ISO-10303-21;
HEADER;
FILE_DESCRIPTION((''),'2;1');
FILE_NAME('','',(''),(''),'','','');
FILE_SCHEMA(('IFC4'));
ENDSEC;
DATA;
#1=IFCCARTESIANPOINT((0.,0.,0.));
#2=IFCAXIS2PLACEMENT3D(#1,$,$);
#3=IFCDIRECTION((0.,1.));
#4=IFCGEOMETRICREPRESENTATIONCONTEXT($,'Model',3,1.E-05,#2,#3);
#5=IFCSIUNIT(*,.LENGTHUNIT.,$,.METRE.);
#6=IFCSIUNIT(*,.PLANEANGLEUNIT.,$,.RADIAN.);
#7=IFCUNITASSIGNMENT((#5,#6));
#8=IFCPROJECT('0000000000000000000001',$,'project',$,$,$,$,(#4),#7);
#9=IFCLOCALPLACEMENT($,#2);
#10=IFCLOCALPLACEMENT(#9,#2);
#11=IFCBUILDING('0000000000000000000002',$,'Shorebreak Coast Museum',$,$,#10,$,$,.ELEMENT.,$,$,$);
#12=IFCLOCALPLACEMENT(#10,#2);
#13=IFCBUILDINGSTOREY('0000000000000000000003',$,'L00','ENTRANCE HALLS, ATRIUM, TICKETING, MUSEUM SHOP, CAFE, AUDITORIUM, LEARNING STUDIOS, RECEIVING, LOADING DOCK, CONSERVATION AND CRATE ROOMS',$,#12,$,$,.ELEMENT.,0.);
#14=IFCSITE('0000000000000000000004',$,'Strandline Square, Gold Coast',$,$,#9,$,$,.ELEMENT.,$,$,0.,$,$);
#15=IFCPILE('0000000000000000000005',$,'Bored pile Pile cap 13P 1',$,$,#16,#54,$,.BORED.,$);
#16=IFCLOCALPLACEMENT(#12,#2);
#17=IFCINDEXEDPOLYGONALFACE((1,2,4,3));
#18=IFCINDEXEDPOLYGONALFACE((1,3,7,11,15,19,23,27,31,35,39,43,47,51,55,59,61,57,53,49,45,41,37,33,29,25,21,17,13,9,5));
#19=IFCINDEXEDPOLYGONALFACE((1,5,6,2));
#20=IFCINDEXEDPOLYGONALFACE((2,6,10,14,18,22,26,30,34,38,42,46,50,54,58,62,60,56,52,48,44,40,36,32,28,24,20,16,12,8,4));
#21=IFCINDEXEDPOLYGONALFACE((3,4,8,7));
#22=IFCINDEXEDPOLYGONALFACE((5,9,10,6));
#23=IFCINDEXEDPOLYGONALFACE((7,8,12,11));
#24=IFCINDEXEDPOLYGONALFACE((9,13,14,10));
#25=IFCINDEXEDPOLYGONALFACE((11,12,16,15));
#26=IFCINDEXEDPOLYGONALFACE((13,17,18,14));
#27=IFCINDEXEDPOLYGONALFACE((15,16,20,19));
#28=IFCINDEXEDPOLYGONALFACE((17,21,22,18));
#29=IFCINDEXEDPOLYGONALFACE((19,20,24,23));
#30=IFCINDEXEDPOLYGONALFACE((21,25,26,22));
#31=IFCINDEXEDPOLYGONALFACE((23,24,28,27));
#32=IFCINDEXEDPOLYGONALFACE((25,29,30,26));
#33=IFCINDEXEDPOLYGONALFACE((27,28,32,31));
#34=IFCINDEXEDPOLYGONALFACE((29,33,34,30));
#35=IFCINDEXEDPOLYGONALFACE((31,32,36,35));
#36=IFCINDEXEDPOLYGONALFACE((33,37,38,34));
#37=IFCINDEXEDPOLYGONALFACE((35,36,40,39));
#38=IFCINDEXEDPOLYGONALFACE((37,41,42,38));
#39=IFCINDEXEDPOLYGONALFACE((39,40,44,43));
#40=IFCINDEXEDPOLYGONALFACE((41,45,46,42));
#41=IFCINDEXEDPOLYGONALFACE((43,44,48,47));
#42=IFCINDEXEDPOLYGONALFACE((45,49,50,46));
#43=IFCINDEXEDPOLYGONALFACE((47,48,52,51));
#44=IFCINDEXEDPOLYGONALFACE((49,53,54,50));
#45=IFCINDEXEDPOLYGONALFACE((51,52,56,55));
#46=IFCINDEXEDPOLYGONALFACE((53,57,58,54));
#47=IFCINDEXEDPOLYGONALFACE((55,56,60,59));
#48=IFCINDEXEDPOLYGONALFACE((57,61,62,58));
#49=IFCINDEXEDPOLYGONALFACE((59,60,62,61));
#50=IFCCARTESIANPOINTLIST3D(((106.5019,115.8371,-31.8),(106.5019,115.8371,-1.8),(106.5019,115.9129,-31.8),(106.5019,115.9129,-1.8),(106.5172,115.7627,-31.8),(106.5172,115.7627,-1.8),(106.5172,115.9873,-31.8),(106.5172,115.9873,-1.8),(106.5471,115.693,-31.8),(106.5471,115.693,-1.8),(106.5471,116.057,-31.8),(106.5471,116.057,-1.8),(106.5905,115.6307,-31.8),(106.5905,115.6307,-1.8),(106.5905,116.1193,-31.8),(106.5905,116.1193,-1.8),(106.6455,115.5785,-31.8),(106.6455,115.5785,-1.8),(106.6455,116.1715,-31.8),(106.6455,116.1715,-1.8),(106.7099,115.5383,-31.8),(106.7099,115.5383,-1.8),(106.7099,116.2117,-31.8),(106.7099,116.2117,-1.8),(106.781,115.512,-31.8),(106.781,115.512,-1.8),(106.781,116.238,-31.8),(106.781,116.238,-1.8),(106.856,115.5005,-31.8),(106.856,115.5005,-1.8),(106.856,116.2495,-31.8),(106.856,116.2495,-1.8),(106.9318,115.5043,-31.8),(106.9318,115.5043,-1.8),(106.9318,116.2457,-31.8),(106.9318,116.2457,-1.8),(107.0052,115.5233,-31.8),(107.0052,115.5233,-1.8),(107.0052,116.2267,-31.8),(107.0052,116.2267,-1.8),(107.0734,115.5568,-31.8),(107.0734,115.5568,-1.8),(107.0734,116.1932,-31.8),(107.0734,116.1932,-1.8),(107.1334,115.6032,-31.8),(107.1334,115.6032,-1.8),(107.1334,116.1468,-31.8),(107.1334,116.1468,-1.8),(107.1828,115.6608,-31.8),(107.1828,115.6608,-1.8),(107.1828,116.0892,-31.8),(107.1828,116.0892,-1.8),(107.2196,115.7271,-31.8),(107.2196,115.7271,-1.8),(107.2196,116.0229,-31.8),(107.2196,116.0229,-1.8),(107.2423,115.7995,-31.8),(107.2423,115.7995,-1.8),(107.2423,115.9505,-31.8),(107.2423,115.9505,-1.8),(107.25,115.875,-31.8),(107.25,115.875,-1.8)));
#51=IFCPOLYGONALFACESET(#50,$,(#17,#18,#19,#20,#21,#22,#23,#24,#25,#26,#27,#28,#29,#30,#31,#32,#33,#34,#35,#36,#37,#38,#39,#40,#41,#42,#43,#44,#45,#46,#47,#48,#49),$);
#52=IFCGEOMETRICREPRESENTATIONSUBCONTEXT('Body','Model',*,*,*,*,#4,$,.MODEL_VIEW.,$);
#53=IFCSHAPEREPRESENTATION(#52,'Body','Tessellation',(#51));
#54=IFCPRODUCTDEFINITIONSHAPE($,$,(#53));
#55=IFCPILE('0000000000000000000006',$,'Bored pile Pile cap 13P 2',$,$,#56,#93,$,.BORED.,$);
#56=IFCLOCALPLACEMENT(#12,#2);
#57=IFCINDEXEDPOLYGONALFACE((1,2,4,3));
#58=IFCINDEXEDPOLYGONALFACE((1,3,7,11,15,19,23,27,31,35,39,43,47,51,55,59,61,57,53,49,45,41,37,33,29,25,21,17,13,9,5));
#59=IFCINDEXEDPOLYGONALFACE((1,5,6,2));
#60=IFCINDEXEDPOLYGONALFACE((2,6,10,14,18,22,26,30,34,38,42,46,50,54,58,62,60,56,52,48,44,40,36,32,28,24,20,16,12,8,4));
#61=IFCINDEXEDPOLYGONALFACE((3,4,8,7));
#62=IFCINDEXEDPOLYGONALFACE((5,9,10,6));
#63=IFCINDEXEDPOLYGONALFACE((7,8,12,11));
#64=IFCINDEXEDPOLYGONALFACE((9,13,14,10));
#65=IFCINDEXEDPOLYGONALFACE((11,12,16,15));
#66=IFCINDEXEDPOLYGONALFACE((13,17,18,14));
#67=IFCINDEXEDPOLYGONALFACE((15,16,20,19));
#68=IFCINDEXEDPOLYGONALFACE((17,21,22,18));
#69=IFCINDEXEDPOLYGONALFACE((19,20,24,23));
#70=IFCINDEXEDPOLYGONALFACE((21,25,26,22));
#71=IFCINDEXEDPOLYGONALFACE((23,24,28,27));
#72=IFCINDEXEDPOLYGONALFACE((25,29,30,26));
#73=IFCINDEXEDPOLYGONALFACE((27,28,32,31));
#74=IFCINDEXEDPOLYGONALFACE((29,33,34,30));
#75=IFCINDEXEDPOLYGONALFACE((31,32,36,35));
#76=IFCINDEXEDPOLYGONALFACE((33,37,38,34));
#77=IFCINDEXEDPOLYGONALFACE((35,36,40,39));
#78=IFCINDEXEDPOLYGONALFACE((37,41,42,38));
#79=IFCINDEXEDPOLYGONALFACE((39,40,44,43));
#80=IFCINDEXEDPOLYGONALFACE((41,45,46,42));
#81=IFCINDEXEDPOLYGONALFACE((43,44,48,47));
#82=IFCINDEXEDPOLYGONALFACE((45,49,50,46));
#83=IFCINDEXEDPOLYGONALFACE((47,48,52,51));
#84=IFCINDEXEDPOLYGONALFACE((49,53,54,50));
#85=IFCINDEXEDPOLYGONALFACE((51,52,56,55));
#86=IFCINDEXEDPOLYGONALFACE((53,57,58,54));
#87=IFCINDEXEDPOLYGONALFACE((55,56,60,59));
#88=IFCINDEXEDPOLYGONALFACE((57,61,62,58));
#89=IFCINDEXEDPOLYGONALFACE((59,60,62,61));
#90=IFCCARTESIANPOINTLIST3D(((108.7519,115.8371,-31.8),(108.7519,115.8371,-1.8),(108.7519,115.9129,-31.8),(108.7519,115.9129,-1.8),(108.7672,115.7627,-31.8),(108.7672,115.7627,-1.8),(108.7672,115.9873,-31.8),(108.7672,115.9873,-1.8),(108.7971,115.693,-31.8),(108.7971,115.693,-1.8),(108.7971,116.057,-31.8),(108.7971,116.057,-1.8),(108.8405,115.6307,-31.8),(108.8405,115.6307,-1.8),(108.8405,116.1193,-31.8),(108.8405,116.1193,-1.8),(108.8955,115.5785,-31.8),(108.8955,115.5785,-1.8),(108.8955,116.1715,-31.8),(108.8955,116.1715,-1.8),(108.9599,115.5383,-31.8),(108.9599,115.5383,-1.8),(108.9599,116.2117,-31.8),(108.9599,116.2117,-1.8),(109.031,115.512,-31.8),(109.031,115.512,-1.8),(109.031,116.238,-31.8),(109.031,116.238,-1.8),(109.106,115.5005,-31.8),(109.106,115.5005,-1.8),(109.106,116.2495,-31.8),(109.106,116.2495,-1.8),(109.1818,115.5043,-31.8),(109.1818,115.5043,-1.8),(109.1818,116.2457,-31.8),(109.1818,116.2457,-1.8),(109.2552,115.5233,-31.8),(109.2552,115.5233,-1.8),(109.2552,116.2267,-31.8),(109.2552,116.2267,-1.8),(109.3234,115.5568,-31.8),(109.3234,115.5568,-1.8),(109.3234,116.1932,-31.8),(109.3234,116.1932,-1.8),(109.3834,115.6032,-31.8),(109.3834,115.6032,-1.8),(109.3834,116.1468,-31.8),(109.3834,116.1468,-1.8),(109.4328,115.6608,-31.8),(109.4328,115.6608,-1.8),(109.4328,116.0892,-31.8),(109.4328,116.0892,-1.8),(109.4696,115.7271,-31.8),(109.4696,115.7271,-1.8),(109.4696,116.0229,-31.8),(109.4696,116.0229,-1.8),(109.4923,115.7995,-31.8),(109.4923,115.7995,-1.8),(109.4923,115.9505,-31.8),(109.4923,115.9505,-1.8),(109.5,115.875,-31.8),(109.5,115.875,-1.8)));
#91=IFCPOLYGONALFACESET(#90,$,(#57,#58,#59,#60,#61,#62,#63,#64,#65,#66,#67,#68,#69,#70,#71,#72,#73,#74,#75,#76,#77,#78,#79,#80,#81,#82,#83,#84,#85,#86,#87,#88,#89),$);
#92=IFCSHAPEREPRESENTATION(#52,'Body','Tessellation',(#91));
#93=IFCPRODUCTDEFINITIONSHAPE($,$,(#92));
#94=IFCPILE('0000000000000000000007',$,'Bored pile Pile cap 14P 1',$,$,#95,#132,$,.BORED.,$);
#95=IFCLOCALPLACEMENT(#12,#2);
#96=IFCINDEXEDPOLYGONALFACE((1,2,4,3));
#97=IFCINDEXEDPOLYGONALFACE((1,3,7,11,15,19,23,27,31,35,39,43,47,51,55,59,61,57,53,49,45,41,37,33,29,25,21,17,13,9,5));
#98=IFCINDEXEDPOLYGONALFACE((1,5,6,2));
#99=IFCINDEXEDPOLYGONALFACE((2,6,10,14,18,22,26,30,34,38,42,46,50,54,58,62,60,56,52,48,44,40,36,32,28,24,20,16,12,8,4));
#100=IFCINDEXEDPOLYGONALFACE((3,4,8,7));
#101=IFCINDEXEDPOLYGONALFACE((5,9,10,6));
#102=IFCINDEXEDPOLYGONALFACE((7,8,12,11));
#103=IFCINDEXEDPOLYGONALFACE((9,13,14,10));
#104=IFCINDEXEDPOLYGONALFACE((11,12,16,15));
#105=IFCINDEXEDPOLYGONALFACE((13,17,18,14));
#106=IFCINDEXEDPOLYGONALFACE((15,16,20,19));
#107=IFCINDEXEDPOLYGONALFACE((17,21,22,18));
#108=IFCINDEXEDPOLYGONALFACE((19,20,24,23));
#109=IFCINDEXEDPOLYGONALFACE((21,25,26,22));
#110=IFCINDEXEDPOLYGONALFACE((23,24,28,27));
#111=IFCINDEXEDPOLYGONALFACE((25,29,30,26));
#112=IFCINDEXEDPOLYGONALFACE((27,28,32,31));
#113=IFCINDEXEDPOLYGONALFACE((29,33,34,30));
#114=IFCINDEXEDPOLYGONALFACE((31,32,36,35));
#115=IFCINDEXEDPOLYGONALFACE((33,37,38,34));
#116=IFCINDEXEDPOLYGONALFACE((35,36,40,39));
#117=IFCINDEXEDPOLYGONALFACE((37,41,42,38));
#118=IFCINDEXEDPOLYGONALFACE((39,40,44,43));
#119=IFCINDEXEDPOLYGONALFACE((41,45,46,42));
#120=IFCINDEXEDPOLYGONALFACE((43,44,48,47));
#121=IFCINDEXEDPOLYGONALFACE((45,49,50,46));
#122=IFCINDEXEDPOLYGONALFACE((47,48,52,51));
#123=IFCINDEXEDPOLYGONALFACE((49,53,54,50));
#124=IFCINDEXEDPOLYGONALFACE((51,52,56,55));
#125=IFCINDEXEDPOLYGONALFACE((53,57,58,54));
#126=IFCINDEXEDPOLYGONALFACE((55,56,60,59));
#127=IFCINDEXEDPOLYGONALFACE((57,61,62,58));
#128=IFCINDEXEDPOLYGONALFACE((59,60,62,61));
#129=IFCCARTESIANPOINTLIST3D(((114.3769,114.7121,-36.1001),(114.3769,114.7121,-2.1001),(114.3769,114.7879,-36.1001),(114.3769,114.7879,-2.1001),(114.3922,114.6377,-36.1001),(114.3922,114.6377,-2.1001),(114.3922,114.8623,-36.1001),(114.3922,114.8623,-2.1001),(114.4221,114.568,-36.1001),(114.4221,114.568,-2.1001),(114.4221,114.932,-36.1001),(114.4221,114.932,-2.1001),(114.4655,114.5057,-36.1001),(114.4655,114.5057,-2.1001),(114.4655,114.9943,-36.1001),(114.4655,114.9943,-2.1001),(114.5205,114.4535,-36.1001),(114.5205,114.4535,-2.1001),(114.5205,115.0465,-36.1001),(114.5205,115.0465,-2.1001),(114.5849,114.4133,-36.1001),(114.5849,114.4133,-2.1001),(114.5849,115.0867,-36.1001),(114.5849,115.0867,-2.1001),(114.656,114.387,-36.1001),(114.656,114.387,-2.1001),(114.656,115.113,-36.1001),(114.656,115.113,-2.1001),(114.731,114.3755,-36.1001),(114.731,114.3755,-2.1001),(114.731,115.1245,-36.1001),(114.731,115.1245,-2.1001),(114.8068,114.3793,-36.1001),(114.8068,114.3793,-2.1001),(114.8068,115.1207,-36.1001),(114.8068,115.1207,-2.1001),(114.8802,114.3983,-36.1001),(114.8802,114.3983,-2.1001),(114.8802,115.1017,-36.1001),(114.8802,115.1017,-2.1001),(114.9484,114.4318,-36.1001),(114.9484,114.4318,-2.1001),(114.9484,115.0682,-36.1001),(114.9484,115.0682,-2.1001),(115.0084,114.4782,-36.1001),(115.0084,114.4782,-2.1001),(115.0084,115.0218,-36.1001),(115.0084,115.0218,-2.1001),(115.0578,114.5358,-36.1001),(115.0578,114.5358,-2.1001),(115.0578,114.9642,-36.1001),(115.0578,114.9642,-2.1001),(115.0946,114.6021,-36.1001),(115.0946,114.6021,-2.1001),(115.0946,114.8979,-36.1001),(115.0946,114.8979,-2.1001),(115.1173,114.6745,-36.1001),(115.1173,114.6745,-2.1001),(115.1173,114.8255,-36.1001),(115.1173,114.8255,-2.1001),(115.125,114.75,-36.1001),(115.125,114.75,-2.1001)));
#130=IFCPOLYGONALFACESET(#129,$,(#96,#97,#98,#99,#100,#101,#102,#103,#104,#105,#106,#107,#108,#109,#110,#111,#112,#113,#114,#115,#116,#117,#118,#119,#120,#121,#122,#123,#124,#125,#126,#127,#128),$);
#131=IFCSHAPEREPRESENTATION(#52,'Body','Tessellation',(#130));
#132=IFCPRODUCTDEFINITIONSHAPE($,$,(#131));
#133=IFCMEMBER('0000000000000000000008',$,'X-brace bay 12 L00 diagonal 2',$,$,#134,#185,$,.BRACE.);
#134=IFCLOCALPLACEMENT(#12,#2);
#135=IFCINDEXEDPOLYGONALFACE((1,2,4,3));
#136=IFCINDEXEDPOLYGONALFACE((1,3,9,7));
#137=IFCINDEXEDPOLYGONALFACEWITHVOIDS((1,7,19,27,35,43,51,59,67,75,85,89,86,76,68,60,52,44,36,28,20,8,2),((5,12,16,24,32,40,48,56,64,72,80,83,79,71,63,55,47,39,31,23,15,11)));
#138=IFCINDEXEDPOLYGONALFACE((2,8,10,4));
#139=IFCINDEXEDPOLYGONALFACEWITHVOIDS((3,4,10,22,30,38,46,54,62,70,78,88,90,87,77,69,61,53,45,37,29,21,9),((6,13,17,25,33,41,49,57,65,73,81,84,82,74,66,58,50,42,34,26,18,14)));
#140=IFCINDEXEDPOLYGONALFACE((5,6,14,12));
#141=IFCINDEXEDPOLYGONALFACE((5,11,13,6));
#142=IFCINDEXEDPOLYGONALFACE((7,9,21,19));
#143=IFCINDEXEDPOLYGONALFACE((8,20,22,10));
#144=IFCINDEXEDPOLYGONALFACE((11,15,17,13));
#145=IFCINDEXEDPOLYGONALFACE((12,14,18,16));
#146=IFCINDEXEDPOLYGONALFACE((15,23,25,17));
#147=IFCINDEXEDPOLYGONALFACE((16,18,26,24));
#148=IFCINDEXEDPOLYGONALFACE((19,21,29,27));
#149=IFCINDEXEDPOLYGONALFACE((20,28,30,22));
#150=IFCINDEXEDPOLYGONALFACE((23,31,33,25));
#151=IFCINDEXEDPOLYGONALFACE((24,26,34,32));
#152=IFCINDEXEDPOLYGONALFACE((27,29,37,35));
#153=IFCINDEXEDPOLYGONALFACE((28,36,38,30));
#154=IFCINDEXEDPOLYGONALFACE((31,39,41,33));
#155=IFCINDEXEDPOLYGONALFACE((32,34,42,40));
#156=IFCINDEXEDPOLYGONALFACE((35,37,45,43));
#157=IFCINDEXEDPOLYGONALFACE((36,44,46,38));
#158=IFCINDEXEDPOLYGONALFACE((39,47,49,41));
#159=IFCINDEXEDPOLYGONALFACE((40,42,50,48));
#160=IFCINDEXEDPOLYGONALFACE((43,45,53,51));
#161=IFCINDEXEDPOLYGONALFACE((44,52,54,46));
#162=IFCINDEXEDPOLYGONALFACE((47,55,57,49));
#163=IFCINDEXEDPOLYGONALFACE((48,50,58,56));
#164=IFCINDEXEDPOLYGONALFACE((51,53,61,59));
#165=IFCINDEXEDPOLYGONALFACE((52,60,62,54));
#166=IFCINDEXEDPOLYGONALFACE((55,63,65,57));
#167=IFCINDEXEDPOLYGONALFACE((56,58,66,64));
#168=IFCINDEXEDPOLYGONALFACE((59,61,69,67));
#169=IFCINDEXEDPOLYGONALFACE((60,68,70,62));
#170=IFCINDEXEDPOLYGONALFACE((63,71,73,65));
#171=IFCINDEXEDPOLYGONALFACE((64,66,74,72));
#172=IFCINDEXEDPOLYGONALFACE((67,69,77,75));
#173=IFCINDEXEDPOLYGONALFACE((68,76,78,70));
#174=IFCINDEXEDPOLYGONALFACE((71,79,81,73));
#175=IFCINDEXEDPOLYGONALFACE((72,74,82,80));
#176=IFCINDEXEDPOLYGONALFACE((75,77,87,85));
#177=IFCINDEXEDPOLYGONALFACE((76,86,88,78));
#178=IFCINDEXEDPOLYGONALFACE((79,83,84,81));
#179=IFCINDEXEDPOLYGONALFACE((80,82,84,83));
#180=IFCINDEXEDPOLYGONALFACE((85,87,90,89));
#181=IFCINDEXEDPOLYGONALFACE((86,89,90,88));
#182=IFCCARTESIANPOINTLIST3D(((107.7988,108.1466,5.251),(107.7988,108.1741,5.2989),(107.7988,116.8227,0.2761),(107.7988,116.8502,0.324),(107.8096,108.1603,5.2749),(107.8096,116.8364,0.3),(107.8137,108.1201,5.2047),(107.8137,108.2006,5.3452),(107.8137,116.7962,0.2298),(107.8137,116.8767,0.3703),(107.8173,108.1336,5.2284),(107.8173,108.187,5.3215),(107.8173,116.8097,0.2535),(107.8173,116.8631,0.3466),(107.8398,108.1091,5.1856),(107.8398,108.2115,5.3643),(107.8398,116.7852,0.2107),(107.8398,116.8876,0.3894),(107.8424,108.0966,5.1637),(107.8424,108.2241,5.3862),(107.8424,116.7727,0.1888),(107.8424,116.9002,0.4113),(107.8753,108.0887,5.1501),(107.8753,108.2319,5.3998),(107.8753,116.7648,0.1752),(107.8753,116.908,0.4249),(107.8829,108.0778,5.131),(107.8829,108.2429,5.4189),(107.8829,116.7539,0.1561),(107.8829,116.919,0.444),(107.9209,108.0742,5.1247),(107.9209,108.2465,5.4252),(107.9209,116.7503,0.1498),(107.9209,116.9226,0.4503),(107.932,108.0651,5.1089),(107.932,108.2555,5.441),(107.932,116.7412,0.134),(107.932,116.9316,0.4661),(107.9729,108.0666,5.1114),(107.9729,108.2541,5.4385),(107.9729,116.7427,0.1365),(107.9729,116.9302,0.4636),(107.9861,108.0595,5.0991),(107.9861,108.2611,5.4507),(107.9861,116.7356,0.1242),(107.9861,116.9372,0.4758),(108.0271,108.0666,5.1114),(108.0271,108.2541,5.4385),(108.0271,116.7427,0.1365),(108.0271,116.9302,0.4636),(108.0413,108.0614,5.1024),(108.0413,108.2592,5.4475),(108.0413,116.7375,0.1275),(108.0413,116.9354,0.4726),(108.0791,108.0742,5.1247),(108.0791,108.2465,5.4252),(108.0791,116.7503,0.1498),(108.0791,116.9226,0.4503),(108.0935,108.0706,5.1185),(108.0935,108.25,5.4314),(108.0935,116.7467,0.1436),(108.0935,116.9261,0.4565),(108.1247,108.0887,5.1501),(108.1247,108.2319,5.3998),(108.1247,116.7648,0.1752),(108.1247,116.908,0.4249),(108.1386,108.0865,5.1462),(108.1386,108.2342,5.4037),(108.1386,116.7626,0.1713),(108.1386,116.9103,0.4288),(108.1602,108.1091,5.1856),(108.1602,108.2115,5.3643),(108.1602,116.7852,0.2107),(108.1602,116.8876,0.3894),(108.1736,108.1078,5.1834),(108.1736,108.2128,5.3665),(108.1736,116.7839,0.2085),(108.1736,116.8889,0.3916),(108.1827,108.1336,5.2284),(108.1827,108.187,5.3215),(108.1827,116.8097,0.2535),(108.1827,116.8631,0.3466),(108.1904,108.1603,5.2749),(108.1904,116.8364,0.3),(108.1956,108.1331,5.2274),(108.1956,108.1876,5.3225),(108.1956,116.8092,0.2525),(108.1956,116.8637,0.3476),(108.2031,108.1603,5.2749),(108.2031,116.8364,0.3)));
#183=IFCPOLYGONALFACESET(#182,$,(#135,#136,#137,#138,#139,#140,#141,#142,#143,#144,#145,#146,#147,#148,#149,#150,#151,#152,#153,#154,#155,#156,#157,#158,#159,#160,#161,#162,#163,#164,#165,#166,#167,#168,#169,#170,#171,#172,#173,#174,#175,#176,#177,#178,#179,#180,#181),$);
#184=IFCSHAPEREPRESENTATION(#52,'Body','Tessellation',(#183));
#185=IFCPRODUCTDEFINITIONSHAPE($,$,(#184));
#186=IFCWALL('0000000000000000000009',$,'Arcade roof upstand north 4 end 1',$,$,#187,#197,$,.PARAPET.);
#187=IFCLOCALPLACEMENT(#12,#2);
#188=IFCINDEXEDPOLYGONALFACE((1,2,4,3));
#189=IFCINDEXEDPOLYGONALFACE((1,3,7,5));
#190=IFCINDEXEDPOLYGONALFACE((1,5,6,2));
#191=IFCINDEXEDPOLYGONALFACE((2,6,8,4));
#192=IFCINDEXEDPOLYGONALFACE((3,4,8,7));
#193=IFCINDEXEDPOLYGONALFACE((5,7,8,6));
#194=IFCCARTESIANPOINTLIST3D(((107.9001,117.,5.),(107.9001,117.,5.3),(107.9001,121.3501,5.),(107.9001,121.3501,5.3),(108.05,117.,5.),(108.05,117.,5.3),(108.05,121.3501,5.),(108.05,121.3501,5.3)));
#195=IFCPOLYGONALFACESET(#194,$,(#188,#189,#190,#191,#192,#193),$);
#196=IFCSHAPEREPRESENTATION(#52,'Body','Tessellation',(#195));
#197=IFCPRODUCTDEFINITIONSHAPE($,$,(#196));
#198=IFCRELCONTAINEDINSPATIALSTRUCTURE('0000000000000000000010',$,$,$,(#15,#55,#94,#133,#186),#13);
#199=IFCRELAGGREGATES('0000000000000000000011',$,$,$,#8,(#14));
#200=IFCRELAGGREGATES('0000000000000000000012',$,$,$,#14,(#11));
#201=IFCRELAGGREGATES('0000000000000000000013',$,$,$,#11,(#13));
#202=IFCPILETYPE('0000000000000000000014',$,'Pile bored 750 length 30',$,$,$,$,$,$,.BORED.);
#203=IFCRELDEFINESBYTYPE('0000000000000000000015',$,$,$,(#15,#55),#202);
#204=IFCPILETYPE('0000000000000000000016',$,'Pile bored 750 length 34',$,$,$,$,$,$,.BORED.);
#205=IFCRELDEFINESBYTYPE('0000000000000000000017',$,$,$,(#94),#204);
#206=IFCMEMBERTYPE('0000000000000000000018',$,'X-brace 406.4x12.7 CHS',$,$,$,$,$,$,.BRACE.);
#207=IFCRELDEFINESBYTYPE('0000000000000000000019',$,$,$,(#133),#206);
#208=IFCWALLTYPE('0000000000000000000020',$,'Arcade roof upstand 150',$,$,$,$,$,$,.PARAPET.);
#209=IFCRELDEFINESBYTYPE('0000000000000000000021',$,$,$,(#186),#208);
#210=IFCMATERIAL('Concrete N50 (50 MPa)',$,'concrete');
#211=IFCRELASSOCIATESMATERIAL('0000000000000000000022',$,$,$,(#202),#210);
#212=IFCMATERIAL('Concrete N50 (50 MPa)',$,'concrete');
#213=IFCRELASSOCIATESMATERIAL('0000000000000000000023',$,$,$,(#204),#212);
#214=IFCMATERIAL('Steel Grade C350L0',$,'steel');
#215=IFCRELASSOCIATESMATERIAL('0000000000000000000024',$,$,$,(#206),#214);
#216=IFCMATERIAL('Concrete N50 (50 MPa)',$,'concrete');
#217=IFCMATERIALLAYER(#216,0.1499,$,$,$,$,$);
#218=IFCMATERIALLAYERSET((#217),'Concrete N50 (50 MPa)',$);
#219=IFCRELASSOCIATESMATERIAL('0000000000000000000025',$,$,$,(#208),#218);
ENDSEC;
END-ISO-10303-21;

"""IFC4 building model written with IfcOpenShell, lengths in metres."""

from ifc_helpers import new_model, si_unit, direction, frame, frame_2d, origin, origin_2d, place, context, subcontext, project, spatial, rectangle, circle, hollow_circle, extrude, material, layer, layer_set, material_profile, profile_set, type_object, element, save


model = new_model("IFC4")

# Units and contexts
model_context = context("Model", 3, precision=1e-05, world=origin(), true_north=direction((0.0, 1.0)))
body_context = subcontext(model_context, "Body", "Model", "MODEL_VIEW")
ifc_project = project(units=[si_unit("LENGTHUNIT", "METRE"), si_unit("PLANEANGLEUNIT", "RADIAN")], contexts=[model_context])

# Site, building, storey
site_placement = place(None, origin())
site = spatial("IfcSite", under=ifc_project, at=site_placement, Name="Strandline Square, Gold Coast", CompositionType="ELEMENT", RefElevation=0.0)
building_placement = place(site_placement, origin())
building = spatial("IfcBuilding", under=site, at=building_placement, Name="Shorebreak Coast Museum", CompositionType="ELEMENT")
storey_placement = place(building_placement, origin())
storey = spatial("IfcBuildingStorey", under=building, at=storey_placement, Name="L00", Description="ENTRANCE HALLS, ATRIUM, TICKETING, MUSEUM SHOP, CAFE, AUDITORIUM, LEARNING STUDIOS, RECEIVING, LOADING DOCK, CONSERVATION AND CRATE ROOMS", CompositionType="ELEMENT", Elevation=0.0)

# Piles
ifc_material_1 = material(Name="Concrete N50 (50 MPa)", Category="concrete")
ifc_material_profile_1 = material_profile(ifc_material_1, circle(Radius=0.375, at=origin_2d()), Name="Pile bored 750 length 30")
ifc_profile_set_1 = profile_set([ifc_material_profile_1], Name="Concrete N50 (50 MPa)")
pile_type_1 = type_object("IfcPileType", Name="Pile bored 750 length 30", PredefinedType="BORED", material=ifc_profile_set_1)
for number, where, z_axis, x_axis, name in (
    (1, (106.875, 115.875, -1.8), (0.0, 0.0, -1.0), (1.0, 0.0, 0.0), "Bored pile Pile cap 13P 1"),
    (2, (109.125, 115.875, -1.8), (0.0, 0.0, -1.0), (1.0, 0.0, 0.0), "Bored pile Pile cap 13P 2"),
):
    element("IfcPile", number, at=place(storey_placement, frame(where, z_axis=z_axis, x_axis=x_axis)), inside=storey, type_object=pile_type_1, Name=name, PredefinedType="BORED", context=body_context, shape_type="SweptSolid", body=[
        extrude(circle(Radius=0.375, at=origin_2d()), origin(), (0.0, 0.0, 1.0), 30.0),
    ])
ifc_material_2 = material(Name="Concrete N50 (50 MPa)", Category="concrete")
ifc_material_profile_2 = material_profile(ifc_material_2, circle(Radius=0.375, at=origin_2d()), Name="Pile bored 750 length 34")
ifc_profile_set_2 = profile_set([ifc_material_profile_2], Name="Concrete N50 (50 MPa)")
pile_type_2 = type_object("IfcPileType", Name="Pile bored 750 length 34", PredefinedType="BORED", material=ifc_profile_set_2)
pile_1_placement = place(storey_placement, frame((114.75, 114.75, -2.1001), z_axis=(0.0, 0.0, -1.0), x_axis=(1.0, 0.0, 0.0)))
element("IfcPile", 3, at=pile_1_placement, inside=storey, type_object=pile_type_2, Name="Bored pile Pile cap 14P 1", PredefinedType="BORED", context=body_context, shape_type="SweptSolid", body=[
    extrude(circle(Radius=0.375, at=origin_2d()), origin(), (0.0, 0.0, 1.0), 34.0),
])

# Member
ifc_material_3 = material(Name="Steel Grade C350L0", Category="steel")
ifc_material_profile_3 = material_profile(ifc_material_3, hollow_circle(Radius=0.2031, WallThickness=0.0127, at=origin_2d()), Name="406.4x12.7 CHS")
ifc_profile_set_3 = profile_set([ifc_material_profile_3], Name="Steel Grade C350L0")
member_type = type_object("IfcMemberType", Name="X-brace 406.4x12.7 CHS", PredefinedType="BRACE", material=ifc_profile_set_3)
member_placement = place(storey_placement, frame((108.0, 116.8364, 0.3), z_axis=(0.0, -0.867505, 0.497429), x_axis=(1.0, 0.0, 0.0)))
element("IfcMember", 4, at=member_placement, inside=storey, type_object=member_type, Name="X-brace bay 12 L00 diagonal 2", PredefinedType="BRACE", context=body_context, shape_type="SweptSolid", body=[
    extrude(hollow_circle(Radius=0.2031, WallThickness=0.0127, at=origin_2d()), origin(), (0.0, 0.0, 1.0), 10.0012),
])

# Wall
ifc_material_4 = material(Name="Concrete N50 (50 MPa)", Category="concrete")
ifc_layer_1 = layer(ifc_material_4, 0.1499)
ifc_layer_set_1 = layer_set([ifc_layer_1], Name="Concrete N50 (50 MPa)")
wall_type_1 = type_object("IfcWallType", Name="Arcade roof upstand 150", PredefinedType="PARAPET", material=ifc_layer_set_1)
wall_1_placement = place(storey_placement, frame((107.9751, 117.0, 5.0), z_axis=(0.0, 0.0, 1.0), x_axis=(0.0, 1.0, 0.0)))
element("IfcWall", 5, at=wall_1_placement, inside=storey, type_object=wall_type_1, Name="Arcade roof upstand north 4 end 1", PredefinedType="PARAPET", context=body_context, shape_type="SweptSolid", body=[
    extrude(rectangle(XDim=4.3501, YDim=0.1499, at=frame_2d((2.175, 0.0))), origin(), (0.0, 0.0, 1.0), 0.3),
])

save(model, "model.ifc")
